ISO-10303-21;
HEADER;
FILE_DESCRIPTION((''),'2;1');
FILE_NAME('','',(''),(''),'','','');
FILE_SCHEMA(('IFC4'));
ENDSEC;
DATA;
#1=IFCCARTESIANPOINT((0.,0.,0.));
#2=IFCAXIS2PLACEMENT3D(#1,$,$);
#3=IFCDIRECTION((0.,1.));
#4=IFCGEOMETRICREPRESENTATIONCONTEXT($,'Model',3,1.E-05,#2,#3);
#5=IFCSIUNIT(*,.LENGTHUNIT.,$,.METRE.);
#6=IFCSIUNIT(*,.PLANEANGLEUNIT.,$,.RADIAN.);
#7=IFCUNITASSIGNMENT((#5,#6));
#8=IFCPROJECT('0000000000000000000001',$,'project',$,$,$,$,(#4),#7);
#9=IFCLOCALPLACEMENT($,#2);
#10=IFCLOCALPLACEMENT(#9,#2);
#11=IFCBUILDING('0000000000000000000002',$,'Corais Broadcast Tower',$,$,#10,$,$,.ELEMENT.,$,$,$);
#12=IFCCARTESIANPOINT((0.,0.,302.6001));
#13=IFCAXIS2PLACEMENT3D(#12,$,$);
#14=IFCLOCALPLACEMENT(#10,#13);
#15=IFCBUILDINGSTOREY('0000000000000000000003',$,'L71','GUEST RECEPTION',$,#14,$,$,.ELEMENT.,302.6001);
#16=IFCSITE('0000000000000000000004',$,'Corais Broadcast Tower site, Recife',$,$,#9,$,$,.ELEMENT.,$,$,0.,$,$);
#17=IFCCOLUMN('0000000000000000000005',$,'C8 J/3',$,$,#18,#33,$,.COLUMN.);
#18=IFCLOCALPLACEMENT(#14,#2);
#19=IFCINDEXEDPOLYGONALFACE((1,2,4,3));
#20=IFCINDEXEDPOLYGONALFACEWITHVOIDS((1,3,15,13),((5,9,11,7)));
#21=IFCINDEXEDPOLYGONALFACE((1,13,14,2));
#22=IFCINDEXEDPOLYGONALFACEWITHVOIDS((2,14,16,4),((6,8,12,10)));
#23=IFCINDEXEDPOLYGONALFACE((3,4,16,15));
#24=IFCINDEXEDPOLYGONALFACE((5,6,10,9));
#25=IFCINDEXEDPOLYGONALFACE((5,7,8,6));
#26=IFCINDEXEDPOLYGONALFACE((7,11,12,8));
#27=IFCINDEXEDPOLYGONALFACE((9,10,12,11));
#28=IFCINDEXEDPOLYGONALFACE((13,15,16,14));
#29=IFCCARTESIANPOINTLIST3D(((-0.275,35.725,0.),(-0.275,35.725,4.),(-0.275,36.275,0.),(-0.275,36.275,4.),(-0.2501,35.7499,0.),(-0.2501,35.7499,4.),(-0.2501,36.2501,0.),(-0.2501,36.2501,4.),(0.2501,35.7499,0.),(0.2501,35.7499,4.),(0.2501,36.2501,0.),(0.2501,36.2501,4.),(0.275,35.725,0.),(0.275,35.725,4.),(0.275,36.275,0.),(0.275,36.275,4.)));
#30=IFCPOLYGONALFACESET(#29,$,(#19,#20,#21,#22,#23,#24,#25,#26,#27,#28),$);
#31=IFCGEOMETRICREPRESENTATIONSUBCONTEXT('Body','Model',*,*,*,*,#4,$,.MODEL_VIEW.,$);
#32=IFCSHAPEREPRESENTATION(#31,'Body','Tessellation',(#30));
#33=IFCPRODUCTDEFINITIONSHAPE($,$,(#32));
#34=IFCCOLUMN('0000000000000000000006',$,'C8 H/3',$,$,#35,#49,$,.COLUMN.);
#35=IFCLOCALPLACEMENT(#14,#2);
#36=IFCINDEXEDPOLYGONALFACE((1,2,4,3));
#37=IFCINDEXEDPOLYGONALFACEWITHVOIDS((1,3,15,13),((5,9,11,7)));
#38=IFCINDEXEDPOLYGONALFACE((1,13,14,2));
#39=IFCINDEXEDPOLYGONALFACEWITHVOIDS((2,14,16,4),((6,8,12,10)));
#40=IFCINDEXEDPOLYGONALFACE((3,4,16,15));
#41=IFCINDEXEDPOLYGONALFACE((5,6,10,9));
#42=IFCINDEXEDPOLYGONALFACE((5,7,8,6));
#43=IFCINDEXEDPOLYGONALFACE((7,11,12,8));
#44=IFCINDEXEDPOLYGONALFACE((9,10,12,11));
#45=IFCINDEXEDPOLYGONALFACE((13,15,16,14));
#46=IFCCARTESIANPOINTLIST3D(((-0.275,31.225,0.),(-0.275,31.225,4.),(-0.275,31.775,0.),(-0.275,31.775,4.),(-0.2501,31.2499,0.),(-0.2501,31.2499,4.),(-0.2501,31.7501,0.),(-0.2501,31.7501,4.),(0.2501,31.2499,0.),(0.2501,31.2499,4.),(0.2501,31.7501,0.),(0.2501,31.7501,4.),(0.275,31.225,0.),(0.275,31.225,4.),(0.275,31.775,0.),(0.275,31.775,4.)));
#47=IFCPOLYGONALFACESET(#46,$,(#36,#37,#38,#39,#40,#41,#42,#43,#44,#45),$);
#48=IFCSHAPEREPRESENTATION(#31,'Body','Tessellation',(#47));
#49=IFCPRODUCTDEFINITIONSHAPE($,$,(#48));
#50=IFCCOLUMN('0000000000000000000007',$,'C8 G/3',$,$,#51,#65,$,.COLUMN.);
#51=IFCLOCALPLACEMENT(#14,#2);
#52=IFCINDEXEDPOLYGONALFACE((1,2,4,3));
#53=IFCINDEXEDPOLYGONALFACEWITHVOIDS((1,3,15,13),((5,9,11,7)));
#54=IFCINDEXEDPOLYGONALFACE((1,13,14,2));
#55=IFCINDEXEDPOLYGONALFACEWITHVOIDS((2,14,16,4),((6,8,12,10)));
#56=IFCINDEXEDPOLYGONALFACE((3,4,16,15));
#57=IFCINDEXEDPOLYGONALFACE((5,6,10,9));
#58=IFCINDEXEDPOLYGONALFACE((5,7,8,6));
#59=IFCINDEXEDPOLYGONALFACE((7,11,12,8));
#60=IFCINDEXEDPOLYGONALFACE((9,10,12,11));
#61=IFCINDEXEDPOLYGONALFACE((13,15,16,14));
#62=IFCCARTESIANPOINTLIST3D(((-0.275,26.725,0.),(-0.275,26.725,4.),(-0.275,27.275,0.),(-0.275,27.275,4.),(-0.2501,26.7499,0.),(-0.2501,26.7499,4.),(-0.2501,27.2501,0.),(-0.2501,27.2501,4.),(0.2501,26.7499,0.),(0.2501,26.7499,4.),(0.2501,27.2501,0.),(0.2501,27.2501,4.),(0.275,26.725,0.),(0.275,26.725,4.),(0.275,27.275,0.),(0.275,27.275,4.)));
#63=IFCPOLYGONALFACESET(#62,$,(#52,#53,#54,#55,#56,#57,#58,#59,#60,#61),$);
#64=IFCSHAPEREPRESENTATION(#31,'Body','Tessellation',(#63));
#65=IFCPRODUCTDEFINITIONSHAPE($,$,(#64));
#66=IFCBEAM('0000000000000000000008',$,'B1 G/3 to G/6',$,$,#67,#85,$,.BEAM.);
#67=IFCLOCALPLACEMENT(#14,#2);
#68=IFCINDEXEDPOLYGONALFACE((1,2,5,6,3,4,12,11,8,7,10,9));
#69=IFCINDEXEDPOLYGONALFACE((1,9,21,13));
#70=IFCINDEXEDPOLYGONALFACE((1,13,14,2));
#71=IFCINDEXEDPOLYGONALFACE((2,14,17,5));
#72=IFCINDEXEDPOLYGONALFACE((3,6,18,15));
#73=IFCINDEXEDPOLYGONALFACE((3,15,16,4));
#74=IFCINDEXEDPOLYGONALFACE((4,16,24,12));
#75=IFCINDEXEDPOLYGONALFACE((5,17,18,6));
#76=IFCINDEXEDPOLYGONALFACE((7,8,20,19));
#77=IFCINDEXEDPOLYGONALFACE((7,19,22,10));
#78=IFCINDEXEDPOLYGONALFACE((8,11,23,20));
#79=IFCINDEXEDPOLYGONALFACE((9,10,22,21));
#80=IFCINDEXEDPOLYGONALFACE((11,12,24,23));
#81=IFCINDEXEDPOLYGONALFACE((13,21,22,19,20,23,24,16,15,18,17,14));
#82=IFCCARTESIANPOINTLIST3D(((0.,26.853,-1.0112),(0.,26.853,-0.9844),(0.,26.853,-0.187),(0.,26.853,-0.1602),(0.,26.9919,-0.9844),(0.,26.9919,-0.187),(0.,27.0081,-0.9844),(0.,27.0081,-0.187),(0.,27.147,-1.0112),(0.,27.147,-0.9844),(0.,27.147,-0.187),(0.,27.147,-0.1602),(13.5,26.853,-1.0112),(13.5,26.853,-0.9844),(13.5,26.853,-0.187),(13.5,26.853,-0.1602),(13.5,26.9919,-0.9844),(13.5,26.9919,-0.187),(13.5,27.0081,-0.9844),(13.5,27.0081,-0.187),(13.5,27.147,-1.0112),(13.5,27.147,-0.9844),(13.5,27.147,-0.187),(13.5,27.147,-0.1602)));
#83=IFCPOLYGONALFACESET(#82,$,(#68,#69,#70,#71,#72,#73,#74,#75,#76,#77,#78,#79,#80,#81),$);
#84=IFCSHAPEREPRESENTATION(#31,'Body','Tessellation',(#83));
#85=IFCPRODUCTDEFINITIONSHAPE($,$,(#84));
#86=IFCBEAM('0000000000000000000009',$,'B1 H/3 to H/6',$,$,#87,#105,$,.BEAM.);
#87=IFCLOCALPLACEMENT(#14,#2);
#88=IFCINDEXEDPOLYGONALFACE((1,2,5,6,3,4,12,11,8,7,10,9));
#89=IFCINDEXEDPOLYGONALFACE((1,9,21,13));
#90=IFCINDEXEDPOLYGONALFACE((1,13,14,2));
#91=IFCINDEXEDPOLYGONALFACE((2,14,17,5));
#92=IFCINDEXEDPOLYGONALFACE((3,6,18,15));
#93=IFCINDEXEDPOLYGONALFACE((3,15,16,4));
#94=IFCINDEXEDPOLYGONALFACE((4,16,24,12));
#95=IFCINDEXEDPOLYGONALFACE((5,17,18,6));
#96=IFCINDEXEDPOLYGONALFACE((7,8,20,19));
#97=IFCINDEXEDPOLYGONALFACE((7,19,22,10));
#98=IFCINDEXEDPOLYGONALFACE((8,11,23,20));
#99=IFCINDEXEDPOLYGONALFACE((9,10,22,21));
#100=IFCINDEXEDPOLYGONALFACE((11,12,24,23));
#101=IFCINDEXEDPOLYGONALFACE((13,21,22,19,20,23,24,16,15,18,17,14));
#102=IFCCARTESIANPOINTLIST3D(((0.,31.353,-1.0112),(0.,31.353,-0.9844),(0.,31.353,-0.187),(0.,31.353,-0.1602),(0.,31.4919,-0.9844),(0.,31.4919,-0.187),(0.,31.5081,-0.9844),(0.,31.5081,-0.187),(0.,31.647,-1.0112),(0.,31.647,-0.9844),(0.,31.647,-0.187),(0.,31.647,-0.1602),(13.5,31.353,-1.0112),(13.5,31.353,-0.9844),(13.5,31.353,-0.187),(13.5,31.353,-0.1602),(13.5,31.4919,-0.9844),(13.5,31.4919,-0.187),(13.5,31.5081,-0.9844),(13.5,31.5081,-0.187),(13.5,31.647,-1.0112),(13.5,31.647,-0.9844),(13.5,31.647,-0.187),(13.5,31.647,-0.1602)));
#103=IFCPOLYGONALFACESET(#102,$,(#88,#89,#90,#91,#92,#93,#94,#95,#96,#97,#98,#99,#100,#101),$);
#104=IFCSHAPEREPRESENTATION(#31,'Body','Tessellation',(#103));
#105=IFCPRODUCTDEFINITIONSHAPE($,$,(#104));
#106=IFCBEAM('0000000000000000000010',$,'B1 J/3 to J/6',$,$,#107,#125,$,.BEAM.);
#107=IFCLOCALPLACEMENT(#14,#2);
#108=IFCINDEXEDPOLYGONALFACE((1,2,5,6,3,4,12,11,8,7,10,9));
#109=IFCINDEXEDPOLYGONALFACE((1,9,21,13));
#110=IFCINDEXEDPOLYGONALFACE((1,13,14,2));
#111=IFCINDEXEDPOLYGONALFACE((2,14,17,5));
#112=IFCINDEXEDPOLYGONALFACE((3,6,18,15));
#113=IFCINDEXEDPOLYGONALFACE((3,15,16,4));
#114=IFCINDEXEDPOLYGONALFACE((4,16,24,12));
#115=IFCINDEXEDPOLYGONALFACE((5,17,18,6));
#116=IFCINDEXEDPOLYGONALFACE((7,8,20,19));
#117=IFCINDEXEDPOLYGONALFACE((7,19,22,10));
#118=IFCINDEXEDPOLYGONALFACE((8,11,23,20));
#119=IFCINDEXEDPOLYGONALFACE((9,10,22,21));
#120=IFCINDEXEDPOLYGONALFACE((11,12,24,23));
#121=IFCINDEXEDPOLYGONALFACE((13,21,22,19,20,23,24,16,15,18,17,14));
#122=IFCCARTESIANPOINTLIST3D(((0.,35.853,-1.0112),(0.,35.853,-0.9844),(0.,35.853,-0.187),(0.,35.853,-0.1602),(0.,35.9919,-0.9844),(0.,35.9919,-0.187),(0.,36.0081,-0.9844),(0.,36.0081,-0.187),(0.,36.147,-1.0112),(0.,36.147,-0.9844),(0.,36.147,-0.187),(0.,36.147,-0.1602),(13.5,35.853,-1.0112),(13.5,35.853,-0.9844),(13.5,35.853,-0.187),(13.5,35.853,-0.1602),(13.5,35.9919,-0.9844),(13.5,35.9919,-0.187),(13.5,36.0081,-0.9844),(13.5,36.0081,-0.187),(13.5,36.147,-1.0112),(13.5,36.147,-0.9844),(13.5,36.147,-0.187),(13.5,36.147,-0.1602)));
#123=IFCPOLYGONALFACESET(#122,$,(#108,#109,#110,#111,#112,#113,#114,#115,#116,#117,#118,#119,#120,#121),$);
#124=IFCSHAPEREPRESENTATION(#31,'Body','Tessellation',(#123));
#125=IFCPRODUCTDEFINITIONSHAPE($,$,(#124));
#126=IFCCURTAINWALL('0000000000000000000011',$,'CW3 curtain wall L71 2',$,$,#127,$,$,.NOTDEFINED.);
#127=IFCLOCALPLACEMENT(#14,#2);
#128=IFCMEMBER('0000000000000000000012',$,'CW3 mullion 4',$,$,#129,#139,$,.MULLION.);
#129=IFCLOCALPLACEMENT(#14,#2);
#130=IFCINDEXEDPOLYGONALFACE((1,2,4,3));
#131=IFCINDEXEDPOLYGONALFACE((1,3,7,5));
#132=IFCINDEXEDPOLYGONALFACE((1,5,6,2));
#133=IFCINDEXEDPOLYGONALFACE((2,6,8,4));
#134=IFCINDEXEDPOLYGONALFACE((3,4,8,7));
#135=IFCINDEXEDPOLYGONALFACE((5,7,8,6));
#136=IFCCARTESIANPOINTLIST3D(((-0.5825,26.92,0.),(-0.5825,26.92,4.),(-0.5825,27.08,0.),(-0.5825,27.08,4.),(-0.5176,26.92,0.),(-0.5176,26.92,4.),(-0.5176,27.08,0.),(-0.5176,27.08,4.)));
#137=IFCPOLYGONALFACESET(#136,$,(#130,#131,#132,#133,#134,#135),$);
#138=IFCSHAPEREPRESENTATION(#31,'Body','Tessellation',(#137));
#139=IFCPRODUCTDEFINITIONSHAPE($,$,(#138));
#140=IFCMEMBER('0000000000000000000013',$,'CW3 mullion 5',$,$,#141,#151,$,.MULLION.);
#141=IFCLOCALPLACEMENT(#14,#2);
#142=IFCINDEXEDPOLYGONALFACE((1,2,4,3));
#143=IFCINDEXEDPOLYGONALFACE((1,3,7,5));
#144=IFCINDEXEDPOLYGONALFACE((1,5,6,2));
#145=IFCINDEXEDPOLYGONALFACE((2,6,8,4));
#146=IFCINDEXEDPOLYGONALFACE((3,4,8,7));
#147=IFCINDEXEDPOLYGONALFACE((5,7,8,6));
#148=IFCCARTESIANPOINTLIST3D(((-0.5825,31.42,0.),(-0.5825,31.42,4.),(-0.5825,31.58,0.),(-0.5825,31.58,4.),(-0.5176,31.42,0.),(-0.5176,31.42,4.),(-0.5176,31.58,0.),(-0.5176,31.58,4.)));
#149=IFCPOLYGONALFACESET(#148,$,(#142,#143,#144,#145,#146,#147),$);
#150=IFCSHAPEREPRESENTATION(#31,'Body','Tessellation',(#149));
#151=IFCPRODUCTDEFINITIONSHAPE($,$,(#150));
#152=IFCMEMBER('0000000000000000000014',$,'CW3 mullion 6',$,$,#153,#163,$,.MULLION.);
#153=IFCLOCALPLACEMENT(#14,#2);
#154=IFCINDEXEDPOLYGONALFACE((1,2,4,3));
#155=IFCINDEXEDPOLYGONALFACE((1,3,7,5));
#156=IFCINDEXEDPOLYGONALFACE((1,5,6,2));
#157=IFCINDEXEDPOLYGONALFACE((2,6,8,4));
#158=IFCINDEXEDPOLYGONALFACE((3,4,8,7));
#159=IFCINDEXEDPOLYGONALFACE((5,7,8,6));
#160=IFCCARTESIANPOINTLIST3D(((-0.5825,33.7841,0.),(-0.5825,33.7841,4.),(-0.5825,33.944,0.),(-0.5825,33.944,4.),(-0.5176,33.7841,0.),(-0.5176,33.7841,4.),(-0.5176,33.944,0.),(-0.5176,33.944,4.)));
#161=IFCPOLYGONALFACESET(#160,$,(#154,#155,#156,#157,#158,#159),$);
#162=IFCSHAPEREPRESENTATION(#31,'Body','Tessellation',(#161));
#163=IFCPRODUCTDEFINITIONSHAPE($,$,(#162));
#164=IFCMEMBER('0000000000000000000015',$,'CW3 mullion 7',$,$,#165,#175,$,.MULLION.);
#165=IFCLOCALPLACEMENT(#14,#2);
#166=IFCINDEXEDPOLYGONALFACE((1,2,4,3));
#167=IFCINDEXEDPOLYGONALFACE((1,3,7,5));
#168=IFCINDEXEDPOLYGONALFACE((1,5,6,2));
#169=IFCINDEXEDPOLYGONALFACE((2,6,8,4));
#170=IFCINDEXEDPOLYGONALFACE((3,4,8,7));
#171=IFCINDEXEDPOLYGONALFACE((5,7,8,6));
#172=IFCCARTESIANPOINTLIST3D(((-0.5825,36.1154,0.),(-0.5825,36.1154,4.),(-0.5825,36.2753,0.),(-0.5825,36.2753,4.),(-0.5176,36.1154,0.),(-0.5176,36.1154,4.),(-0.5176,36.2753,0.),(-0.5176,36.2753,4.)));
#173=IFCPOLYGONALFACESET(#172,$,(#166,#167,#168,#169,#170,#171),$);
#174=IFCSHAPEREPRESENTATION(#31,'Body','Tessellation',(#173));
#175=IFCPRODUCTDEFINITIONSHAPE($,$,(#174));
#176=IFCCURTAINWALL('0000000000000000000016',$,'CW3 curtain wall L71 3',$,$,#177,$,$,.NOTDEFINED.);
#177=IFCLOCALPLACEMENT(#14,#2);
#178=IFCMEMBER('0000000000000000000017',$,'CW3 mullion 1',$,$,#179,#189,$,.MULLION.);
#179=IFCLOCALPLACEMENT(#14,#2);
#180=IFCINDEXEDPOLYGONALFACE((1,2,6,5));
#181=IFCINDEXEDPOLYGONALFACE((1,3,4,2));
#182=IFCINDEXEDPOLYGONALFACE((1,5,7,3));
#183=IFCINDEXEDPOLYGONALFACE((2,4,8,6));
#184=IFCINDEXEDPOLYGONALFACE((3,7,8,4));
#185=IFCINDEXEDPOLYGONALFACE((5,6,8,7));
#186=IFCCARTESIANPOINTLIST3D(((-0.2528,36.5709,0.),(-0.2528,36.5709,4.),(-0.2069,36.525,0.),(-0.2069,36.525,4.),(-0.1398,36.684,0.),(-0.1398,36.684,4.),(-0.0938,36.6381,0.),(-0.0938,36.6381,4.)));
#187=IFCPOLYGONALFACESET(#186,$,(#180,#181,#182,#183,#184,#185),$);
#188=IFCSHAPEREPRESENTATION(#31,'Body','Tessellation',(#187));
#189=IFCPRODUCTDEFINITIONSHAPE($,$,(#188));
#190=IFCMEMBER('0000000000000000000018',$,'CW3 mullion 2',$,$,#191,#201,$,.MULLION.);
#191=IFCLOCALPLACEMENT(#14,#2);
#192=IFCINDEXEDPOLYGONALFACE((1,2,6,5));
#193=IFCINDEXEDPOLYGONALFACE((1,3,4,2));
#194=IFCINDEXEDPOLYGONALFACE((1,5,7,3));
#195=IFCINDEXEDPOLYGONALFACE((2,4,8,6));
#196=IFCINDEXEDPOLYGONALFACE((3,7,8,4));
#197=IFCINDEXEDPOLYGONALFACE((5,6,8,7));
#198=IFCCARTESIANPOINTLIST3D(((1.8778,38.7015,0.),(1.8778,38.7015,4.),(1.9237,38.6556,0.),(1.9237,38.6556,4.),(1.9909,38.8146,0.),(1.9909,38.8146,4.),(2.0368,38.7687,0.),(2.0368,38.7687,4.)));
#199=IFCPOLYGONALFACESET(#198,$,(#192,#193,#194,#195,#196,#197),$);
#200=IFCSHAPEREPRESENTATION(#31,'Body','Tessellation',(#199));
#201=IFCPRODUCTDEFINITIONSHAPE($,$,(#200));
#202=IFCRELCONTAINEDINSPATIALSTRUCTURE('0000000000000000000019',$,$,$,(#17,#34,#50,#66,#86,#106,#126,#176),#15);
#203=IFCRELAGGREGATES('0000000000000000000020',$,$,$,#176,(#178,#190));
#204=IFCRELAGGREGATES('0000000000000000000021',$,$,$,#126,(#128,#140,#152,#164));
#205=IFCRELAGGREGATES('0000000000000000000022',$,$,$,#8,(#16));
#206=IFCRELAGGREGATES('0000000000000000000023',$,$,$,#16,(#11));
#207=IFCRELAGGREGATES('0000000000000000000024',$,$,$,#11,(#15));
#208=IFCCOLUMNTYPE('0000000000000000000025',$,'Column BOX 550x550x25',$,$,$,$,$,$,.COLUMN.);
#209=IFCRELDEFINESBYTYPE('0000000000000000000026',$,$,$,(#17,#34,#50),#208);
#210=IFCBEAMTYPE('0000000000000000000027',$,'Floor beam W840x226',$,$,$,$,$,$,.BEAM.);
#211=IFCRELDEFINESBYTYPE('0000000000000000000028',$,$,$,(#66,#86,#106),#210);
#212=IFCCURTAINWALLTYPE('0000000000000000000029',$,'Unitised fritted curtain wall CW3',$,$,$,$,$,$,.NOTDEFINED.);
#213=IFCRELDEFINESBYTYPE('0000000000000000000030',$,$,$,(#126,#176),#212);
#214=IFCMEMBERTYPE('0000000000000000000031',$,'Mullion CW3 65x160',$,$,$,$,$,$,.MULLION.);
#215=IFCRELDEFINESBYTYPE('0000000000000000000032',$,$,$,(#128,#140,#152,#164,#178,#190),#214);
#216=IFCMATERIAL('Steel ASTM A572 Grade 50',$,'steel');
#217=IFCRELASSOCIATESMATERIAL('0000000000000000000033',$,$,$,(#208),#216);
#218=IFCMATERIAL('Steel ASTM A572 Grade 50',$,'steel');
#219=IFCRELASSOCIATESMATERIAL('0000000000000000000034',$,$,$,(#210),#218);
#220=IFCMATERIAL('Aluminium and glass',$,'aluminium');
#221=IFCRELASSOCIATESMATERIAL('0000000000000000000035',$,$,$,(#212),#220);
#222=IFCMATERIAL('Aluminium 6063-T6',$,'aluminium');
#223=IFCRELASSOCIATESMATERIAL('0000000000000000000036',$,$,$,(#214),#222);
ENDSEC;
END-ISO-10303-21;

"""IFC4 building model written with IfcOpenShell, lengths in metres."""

from ifc_helpers import new_model, si_unit, direction, frame, origin, origin_2d, place, context, subcontext, project, spatial, rectangle, hollow_rectangle, i_section, extrude, material, material_profile, profile_set, type_object, element, aggregate, save


model = new_model("IFC4")

# Units and contexts
model_context = context("Model", 3, precision=1e-05, world=origin(), true_north=direction((0.0, 1.0)))
body_context = subcontext(model_context, "Body", "Model", "MODEL_VIEW")
ifc_project = project(units=[si_unit("LENGTHUNIT", "METRE"), si_unit("PLANEANGLEUNIT", "RADIAN")], contexts=[model_context])

# Site, building, storey
site_placement = place(None, origin())
site = spatial("IfcSite", under=ifc_project, at=site_placement, Name="Corais Broadcast Tower site, Recife", CompositionType="ELEMENT", RefElevation=0.0)
building_placement = place(site_placement, origin())
building = spatial("IfcBuilding", under=site, at=building_placement, Name="Corais Broadcast Tower", CompositionType="ELEMENT")
storey_placement = place(building_placement, frame((0.0, 0.0, 302.6001)))
storey = spatial("IfcBuildingStorey", under=building, at=storey_placement, Name="L71", Description="GUEST RECEPTION", CompositionType="ELEMENT", Elevation=302.6001)

# Columns
ifc_material_1 = material(Name="Steel ASTM A572 Grade 50", Category="steel")
ifc_material_profile_1 = material_profile(ifc_material_1, hollow_rectangle(XDim=0.55, YDim=0.55, WallThickness=0.0249, at=origin_2d()), Name="BOX 550x550x25")
ifc_profile_set_1 = profile_set([ifc_material_profile_1], Name="Steel ASTM A572 Grade 50")
column_type = type_object("IfcColumnType", Name="Column BOX 550x550x25", PredefinedType="COLUMN", material=ifc_profile_set_1)
for number, where, z_axis, x_axis, name in (
    (1, (0.0, 36.0, 0.0), (0.0, 0.0, 1.0), (1.0, 0.0, 0.0), "C8 J/3"),
    (2, (0.0, 31.5, 0.0), (0.0, 0.0, 1.0), (1.0, 0.0, 0.0), "C8 H/3"),
    (3, (0.0, 27.0, 0.0), (0.0, 0.0, 1.0), (1.0, 0.0, 0.0), "C8 G/3"),
):
    element("IfcColumn", number, at=place(storey_placement, frame(where, z_axis=z_axis, x_axis=x_axis)), inside=storey, type_object=column_type, Name=name, PredefinedType="COLUMN", context=body_context, shape_type="SweptSolid", body=[
        extrude(hollow_rectangle(XDim=0.55, YDim=0.55, WallThickness=0.0249, at=origin_2d()), origin(), (0.0, 0.0, 1.0), 4.0),
    ])

# Beams
ifc_material_2 = material(Name="Steel ASTM A572 Grade 50", Category="steel")
ifc_material_profile_2 = material_profile(ifc_material_2, i_section(OverallWidth=0.2939, OverallDepth=0.8511, WebThickness=0.0161, FlangeThickness=0.0269, at=origin_2d()), Name="W840x226")
ifc_profile_set_2 = profile_set([ifc_material_profile_2], Name="Steel ASTM A572 Grade 50")
beam_type_1 = type_object("IfcBeamType", Name="Floor beam W840x226", PredefinedType="BEAM", material=ifc_profile_set_2)
for number, where, z_axis, x_axis, name in (
    (4, (0.0, 27.0, -0.5857), (1.0, 0.0, 0.0), (0.0, 1.0, 0.0), "B1 G/3 to G/6"),
    (5, (0.0, 31.5, -0.5857), (1.0, 0.0, 0.0), (0.0, 1.0, 0.0), "B1 H/3 to H/6"),
    (6, (0.0, 36.0, -0.5857), (1.0, 0.0, 0.0), (0.0, 1.0, 0.0), "B1 J/3 to J/6"),
):
    element("IfcBeam", number, at=place(storey_placement, frame(where, z_axis=z_axis, x_axis=x_axis)), inside=storey, type_object=beam_type_1, Name=name, PredefinedType="BEAM", context=body_context, shape_type="SweptSolid", body=[
        extrude(i_section(OverallWidth=0.2939, OverallDepth=0.8511, WebThickness=0.0161, FlangeThickness=0.0269, at=origin_2d()), origin(), (0.0, 0.0, 1.0), 13.5),
    ])

# Curtain walls, members
ifc_material_3 = material(Name="Aluminium and glass", Category="aluminium")
curtain_wall_type = type_object("IfcCurtainWallType", Name="Unitised fritted curtain wall CW3", PredefinedType="NOTDEFINED", material=ifc_material_3)
curtain_wall_1_placement = place(storey_placement, origin())
curtain_wall_1 = element("IfcCurtainWall", 7, at=curtain_wall_1_placement, inside=storey, type_object=curtain_wall_type, Name="CW3 curtain wall L71 2", PredefinedType="NOTDEFINED")
ifc_material_4 = material(Name="Aluminium 6063-T6", Category="aluminium")
ifc_material_profile_3 = material_profile(ifc_material_4, rectangle(XDim=0.0649, YDim=0.1599, at=origin_2d()), Name="Mullion CW3 65x160")
ifc_profile_set_3 = profile_set([ifc_material_profile_3], Name="Aluminium 6063-T6")
member_type_1 = type_object("IfcMemberType", Name="Mullion CW3 65x160", PredefinedType="MULLION", material=ifc_profile_set_3)
member_1_placement = place(storey_placement, frame((-0.55, 27.0, 0.0), z_axis=(0.0, 0.0, 1.0), x_axis=(-1.0, 0.0, 0.0)))
member_1 = element("IfcMember", 8, at=member_1_placement, type_object=member_type_1, Name="CW3 mullion 4", PredefinedType="MULLION", context=body_context, shape_type="SweptSolid", body=[
    extrude(rectangle(XDim=0.0649, YDim=0.1599, at=origin_2d()), origin(), (0.0, 0.0, 1.0), 4.0),
])
member_2_placement = place(storey_placement, frame((-0.55, 31.5, 0.0), z_axis=(0.0, 0.0, 1.0), x_axis=(-1.0, 0.0, 0.0)))
member_2 = element("IfcMember", 9, at=member_2_placement, type_object=member_type_1, Name="CW3 mullion 5", PredefinedType="MULLION", context=body_context, shape_type="SweptSolid", body=[
    extrude(rectangle(XDim=0.0649, YDim=0.1599, at=origin_2d()), origin(), (0.0, 0.0, 1.0), 4.0),
])
member_3_placement = place(storey_placement, frame((-0.55, 33.864, 0.0), z_axis=(0.0, 0.0, 1.0), x_axis=(-1.0, 0.0, 0.0)))
member_3 = element("IfcMember", 10, at=member_3_placement, type_object=member_type_1, Name="CW3 mullion 6", PredefinedType="MULLION", context=body_context, shape_type="SweptSolid", body=[
    extrude(rectangle(XDim=0.0649, YDim=0.1599, at=origin_2d()), origin(), (0.0, 0.0, 1.0), 4.0),
])
member_4_placement = place(storey_placement, frame((-0.55, 36.1953, 0.0), z_axis=(0.0, 0.0, 1.0), x_axis=(-1.0, 0.0, 0.0)))
member_4 = element("IfcMember", 11, at=member_4_placement, type_object=member_type_1, Name="CW3 mullion 7", PredefinedType="MULLION", context=body_context, shape_type="SweptSolid", body=[
    extrude(rectangle(XDim=0.0649, YDim=0.1599, at=origin_2d()), origin(), (0.0, 0.0, 1.0), 4.0),
])
curtain_wall_2_placement = place(storey_placement, origin())
curtain_wall_2 = element("IfcCurtainWall", 12, at=curtain_wall_2_placement, inside=storey, type_object=curtain_wall_type, Name="CW3 curtain wall L71 3", PredefinedType="NOTDEFINED")
member_5_placement = place(storey_placement, frame((-0.1733, 36.6045, 0.0), z_axis=(0.0, 0.0, 1.0), x_axis=(-0.707107, 0.707107, 0.0)))
member_5 = element("IfcMember", 13, at=member_5_placement, type_object=member_type_1, Name="CW3 mullion 1", PredefinedType="MULLION", context=body_context, shape_type="SweptSolid", body=[
    extrude(rectangle(XDim=0.0649, YDim=0.1599, at=origin_2d()), origin(), (0.0, 0.0, 1.0), 4.0),
])
member_6_placement = place(storey_placement, frame((1.9573, 38.7351, 0.0), z_axis=(0.0, 0.0, 1.0), x_axis=(-0.707107, 0.707107, 0.0)))
member_6 = element("IfcMember", 14, at=member_6_placement, type_object=member_type_1, Name="CW3 mullion 2", PredefinedType="MULLION", context=body_context, shape_type="SweptSolid", body=[
    extrude(rectangle(XDim=0.0649, YDim=0.1599, at=origin_2d()), origin(), (0.0, 0.0, 1.0), 4.0),
])

aggregate(curtain_wall_2, [member_5, member_6])
aggregate(curtain_wall_1, [member_1, member_2, member_3, member_4])

save(model, "model.ifc")
